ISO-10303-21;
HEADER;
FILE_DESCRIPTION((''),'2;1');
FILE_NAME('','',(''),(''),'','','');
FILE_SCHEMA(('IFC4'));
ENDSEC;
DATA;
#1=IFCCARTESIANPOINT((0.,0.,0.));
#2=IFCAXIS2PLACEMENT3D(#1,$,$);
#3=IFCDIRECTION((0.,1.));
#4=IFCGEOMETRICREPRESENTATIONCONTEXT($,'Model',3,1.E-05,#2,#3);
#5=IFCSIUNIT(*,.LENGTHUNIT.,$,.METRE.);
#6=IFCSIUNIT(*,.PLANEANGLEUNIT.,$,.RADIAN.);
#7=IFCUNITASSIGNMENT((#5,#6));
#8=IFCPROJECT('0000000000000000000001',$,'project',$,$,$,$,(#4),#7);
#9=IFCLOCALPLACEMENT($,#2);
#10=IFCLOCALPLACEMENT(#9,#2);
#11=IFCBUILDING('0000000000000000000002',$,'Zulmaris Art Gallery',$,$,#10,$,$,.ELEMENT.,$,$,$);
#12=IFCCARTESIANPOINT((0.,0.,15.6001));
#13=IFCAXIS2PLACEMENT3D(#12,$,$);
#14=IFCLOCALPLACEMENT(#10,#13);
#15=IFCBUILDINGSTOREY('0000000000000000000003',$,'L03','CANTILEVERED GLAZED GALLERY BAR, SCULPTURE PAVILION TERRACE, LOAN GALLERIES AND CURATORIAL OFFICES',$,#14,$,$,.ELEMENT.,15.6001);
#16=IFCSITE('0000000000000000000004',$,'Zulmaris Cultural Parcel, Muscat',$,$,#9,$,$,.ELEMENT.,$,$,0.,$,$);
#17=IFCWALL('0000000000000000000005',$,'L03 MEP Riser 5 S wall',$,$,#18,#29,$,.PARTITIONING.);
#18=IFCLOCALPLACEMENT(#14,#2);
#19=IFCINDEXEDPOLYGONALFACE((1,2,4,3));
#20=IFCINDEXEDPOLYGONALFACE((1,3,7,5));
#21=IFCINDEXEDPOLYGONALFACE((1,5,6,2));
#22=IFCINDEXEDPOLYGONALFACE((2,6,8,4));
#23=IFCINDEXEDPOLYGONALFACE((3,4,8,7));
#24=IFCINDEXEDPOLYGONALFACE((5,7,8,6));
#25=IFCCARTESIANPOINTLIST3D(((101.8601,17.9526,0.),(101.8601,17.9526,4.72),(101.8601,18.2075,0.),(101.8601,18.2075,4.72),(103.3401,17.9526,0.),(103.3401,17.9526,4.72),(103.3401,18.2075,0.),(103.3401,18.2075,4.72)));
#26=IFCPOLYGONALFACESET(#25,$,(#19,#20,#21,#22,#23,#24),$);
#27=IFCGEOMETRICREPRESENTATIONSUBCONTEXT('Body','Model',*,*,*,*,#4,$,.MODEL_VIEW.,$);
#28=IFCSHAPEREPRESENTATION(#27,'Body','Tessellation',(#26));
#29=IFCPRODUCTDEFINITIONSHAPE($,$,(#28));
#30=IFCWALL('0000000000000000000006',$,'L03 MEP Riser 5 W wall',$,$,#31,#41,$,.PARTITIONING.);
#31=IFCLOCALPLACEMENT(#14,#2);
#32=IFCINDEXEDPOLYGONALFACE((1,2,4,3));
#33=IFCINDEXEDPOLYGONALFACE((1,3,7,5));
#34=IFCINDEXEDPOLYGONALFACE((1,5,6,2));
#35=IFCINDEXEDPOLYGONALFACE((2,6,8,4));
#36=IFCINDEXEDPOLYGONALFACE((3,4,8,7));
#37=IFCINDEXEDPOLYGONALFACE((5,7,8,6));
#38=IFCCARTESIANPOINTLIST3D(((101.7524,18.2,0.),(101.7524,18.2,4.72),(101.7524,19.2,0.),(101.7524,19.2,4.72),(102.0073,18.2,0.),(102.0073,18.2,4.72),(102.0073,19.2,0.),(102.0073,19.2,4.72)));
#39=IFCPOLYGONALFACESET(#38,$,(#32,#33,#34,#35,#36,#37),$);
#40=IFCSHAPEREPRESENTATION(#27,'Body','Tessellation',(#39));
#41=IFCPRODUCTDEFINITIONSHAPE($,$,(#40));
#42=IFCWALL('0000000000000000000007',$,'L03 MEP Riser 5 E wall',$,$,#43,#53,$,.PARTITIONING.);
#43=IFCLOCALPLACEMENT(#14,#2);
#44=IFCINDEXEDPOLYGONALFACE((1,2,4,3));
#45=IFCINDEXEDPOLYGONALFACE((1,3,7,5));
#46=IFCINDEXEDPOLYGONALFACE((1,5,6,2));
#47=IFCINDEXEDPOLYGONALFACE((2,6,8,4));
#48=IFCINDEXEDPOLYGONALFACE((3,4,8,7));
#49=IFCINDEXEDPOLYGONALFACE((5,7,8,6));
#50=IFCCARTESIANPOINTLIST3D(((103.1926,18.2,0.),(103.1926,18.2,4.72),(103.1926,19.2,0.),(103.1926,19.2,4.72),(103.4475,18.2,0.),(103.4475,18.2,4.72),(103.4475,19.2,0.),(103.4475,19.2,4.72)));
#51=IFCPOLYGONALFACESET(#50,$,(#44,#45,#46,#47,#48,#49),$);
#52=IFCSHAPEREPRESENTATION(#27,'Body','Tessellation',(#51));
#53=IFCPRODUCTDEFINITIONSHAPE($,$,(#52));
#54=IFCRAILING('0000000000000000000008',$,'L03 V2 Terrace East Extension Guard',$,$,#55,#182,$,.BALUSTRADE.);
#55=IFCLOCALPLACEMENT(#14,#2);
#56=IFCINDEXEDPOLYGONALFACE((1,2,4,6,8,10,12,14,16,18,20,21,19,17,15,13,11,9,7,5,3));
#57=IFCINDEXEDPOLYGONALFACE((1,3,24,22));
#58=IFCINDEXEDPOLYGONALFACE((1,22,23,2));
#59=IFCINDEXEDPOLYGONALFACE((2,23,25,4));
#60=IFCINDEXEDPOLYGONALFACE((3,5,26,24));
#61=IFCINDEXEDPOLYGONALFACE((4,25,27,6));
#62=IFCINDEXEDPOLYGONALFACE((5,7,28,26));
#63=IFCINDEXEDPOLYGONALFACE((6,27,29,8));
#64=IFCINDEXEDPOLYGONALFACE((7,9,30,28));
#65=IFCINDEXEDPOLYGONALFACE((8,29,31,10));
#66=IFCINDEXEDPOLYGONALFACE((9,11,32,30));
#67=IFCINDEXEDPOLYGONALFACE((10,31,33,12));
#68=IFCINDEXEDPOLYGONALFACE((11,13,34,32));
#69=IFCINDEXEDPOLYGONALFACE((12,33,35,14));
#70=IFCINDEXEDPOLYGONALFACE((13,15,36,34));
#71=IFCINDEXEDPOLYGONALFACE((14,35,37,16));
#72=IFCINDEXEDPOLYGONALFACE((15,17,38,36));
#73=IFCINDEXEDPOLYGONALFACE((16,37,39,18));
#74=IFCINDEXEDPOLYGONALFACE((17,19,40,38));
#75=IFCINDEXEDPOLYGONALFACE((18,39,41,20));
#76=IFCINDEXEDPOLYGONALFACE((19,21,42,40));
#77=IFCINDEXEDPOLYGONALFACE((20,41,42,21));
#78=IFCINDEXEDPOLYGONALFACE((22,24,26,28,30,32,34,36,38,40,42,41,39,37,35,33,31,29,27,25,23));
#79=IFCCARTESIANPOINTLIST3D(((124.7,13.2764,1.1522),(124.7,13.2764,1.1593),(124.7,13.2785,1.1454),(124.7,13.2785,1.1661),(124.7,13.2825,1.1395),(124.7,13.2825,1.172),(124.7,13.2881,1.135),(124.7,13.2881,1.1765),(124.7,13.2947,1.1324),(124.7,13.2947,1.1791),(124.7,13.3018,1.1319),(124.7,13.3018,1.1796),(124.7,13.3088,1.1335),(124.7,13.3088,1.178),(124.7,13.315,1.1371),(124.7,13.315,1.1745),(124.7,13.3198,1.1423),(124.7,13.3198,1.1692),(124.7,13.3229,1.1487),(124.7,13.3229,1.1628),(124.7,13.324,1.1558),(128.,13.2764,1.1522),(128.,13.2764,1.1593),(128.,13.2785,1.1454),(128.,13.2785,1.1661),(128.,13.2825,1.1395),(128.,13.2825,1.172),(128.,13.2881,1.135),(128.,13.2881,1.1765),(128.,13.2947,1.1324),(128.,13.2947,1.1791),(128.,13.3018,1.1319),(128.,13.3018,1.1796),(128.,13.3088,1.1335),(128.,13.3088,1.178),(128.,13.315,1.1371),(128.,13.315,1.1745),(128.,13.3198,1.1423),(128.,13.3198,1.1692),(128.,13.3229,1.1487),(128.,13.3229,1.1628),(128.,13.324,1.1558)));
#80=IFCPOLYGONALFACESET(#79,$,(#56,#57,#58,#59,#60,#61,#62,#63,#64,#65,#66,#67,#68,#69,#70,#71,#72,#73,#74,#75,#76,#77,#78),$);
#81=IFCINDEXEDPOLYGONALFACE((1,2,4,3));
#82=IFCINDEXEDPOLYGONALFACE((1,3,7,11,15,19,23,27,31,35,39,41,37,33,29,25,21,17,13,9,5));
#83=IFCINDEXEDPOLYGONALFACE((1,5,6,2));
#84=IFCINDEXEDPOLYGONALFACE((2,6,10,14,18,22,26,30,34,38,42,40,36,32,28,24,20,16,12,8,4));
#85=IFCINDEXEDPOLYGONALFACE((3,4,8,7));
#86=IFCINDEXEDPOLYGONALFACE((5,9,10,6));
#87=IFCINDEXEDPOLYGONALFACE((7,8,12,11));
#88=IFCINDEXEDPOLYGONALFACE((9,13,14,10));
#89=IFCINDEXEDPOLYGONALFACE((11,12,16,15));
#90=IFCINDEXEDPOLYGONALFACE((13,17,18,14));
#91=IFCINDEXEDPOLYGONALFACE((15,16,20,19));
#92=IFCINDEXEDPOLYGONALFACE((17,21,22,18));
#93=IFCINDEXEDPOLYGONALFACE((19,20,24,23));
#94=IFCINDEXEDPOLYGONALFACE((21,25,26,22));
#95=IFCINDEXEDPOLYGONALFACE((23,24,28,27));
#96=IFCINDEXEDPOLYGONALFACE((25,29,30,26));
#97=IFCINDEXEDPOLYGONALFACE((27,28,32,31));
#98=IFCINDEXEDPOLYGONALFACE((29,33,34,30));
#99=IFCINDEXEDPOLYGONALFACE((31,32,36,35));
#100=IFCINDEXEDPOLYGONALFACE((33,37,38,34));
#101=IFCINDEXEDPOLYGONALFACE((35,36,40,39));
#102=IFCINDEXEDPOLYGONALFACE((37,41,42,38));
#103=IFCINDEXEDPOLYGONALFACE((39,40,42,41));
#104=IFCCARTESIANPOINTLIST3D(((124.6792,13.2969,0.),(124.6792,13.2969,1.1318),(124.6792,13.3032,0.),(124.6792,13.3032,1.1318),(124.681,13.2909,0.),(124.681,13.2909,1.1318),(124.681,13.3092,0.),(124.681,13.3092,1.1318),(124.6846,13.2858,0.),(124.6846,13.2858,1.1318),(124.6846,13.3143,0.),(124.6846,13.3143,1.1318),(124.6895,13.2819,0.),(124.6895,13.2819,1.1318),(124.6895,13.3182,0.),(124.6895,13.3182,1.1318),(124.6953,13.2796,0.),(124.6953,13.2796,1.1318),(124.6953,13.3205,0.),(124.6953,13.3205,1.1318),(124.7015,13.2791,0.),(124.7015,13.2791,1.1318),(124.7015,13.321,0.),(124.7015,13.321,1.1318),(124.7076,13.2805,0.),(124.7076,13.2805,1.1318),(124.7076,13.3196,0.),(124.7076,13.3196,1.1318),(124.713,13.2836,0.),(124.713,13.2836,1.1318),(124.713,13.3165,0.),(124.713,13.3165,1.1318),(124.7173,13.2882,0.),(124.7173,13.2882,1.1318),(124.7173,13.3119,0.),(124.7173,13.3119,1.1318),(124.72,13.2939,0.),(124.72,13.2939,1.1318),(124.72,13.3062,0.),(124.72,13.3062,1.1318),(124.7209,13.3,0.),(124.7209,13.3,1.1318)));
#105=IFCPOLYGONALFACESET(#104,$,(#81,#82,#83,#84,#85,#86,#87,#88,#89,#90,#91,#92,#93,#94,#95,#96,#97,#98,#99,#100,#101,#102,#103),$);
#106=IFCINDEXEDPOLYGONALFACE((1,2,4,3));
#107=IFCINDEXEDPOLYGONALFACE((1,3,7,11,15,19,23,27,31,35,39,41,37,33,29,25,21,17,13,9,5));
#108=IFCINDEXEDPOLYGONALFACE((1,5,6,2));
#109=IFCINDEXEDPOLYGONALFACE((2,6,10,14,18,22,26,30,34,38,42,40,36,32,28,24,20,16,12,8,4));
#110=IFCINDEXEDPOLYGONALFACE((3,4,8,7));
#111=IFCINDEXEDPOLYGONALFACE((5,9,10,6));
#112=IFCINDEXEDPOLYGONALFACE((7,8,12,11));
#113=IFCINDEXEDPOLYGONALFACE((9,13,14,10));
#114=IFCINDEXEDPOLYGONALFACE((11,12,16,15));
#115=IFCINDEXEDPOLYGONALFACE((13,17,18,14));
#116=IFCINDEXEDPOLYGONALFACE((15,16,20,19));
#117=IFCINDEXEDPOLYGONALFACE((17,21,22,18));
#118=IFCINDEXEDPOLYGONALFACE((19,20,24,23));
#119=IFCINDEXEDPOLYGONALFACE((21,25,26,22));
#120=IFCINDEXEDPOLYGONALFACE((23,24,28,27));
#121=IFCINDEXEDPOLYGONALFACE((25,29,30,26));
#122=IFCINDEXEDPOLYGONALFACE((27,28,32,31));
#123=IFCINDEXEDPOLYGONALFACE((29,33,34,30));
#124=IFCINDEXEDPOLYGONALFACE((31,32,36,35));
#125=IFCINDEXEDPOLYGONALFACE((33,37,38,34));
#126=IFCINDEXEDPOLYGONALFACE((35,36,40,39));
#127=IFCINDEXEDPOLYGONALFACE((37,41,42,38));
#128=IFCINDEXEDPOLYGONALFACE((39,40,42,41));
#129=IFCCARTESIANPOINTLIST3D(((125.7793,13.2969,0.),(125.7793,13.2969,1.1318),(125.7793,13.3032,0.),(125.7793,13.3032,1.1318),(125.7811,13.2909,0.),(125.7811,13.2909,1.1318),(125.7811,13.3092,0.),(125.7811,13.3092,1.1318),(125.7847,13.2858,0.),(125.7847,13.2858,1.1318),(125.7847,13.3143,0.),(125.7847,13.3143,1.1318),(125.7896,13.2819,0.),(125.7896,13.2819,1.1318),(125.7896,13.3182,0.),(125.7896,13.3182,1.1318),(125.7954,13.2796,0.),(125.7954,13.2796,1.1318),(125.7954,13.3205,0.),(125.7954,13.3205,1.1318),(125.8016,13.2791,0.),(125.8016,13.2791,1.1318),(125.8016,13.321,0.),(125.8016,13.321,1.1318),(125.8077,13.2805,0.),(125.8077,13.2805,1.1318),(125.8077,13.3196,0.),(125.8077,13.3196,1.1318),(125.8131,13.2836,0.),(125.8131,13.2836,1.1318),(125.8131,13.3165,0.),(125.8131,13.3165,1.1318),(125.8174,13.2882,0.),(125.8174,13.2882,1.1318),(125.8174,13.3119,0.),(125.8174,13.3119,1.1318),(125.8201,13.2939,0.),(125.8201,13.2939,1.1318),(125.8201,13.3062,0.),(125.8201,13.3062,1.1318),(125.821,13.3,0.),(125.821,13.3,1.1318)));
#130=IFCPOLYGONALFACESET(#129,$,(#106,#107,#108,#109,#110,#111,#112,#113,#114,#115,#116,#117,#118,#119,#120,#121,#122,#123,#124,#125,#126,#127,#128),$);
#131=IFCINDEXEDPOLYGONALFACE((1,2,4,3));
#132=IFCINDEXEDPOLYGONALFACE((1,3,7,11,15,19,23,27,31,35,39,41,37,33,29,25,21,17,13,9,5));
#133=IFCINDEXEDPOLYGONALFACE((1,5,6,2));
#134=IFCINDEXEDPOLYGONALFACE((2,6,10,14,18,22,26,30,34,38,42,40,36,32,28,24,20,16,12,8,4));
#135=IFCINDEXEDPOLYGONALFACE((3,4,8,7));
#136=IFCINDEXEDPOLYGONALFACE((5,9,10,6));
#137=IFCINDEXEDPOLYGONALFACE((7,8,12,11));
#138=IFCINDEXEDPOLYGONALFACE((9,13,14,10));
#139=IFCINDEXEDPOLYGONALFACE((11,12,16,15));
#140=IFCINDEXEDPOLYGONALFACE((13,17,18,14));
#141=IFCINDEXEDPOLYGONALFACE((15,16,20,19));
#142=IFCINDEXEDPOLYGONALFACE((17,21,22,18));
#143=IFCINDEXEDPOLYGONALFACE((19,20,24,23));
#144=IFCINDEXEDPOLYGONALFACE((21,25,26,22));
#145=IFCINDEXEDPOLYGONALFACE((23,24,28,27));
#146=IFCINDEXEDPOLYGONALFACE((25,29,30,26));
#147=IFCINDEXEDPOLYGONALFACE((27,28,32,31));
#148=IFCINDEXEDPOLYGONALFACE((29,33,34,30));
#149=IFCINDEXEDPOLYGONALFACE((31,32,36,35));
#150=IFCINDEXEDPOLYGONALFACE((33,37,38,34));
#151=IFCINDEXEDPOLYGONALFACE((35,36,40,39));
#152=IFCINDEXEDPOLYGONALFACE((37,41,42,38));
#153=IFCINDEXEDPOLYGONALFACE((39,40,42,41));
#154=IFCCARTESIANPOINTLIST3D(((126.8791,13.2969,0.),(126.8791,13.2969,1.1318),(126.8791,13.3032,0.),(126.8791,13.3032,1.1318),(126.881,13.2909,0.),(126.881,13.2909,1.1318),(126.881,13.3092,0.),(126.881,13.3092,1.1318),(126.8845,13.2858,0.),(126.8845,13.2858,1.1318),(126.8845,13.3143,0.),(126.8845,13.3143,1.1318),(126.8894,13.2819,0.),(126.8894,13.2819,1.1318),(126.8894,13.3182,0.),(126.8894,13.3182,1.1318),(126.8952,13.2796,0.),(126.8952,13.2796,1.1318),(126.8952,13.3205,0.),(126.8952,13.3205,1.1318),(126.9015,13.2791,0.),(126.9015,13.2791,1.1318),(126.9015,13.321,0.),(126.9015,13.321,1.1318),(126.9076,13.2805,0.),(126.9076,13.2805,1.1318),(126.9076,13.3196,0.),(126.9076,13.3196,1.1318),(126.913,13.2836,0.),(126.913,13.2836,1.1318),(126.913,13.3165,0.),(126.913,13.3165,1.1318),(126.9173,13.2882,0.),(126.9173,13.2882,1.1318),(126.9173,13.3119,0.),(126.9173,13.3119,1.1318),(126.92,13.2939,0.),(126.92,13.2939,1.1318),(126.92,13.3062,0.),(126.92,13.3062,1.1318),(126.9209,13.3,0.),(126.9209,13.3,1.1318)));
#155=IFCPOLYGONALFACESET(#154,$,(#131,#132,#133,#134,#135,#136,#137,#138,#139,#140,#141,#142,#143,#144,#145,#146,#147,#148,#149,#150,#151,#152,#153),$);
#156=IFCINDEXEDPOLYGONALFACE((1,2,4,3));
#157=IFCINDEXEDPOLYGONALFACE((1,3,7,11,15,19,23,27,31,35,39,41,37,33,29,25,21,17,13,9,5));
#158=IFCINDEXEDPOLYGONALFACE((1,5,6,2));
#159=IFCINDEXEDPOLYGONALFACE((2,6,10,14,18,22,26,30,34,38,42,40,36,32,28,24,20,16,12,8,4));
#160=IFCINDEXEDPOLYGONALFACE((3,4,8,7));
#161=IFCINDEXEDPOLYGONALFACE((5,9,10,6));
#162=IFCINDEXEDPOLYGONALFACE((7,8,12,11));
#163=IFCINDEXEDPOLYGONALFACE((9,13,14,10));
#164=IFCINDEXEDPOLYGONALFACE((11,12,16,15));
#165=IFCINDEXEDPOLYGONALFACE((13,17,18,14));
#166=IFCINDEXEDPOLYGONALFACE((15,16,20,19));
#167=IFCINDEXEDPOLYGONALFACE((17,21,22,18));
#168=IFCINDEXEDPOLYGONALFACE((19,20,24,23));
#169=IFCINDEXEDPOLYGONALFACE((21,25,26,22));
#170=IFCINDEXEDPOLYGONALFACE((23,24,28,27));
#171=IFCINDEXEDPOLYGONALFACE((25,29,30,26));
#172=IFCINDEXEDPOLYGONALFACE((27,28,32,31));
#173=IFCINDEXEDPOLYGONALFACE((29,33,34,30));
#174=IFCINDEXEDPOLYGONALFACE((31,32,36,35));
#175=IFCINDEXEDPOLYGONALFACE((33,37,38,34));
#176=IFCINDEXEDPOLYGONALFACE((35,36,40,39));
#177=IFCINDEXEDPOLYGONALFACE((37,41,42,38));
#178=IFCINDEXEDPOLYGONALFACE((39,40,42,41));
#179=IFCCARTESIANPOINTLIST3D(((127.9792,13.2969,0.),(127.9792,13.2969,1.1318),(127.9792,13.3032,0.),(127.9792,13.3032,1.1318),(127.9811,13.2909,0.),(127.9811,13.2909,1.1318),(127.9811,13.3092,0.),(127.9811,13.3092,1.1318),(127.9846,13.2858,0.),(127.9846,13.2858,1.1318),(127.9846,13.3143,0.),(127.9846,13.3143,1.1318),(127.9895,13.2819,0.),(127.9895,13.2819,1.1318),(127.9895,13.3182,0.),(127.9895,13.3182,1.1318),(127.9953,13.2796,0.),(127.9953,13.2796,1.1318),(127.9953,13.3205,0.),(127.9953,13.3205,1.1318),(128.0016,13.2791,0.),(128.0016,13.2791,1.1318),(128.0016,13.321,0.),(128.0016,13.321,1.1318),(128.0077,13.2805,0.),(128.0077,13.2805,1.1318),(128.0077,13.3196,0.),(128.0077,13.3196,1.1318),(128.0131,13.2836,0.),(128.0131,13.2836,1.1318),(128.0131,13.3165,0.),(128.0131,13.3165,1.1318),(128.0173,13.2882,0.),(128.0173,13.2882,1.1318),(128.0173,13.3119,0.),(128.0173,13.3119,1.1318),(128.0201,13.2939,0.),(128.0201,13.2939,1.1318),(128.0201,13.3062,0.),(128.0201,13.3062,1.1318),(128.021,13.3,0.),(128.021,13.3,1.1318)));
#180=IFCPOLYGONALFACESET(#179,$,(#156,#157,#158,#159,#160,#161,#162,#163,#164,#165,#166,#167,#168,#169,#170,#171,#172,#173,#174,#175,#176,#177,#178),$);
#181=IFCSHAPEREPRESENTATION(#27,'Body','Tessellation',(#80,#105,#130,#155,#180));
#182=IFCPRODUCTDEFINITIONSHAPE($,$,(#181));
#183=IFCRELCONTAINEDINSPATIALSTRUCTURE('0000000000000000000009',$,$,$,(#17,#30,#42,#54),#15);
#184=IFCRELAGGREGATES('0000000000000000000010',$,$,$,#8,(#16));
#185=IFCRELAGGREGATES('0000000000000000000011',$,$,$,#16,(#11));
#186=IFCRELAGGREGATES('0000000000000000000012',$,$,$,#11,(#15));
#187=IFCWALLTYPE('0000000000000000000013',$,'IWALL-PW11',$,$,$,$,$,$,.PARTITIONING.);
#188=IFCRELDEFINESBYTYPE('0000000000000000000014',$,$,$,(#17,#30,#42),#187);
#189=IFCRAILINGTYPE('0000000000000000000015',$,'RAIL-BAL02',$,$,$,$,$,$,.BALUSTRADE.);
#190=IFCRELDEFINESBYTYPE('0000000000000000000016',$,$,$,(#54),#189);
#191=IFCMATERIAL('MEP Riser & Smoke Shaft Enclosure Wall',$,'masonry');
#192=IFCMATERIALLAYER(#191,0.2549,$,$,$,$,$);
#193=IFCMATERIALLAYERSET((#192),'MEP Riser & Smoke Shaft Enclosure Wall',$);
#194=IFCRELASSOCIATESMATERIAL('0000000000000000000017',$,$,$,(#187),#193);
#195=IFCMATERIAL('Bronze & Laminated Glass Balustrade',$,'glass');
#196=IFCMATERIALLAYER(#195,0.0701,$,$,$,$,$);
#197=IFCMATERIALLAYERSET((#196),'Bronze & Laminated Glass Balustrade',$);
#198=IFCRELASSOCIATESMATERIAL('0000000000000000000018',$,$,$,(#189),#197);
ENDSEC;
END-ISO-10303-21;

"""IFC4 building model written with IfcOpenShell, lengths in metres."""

from ifc_helpers import new_model, si_unit, direction, frame, frame_2d, origin, origin_2d, place, context, subcontext, project, spatial, rectangle, circle, extrude, material, layer, layer_set, type_object, element, save


model = new_model("IFC4")

# Units and contexts
model_context = context("Model", 3, precision=1e-05, world=origin(), true_north=direction((0.0, 1.0)))
body_context = subcontext(model_context, "Body", "Model", "MODEL_VIEW")
ifc_project = project(units=[si_unit("LENGTHUNIT", "METRE"), si_unit("PLANEANGLEUNIT", "RADIAN")], contexts=[model_context])

# Site, building, storey
site_placement = place(None, origin())
site = spatial("IfcSite", under=ifc_project, at=site_placement, Name="Zulmaris Cultural Parcel, Muscat", CompositionType="ELEMENT", RefElevation=0.0)
building_placement = place(site_placement, origin())
building = spatial("IfcBuilding", under=site, at=building_placement, Name="Zulmaris Art Gallery", CompositionType="ELEMENT")
storey_placement = place(building_placement, frame((0.0, 0.0, 15.6001)))
storey = spatial("IfcBuildingStorey", under=building, at=storey_placement, Name="L03", Description="CANTILEVERED GLAZED GALLERY BAR, SCULPTURE PAVILION TERRACE, LOAN GALLERIES AND CURATORIAL OFFICES", CompositionType="ELEMENT", Elevation=15.6001)

# Walls
ifc_material_1 = material(Name="MEP Riser & Smoke Shaft Enclosure Wall", Category="masonry")
ifc_layer_1 = layer(ifc_material_1, 0.2549)
ifc_layer_set_1 = layer_set([ifc_layer_1], Name="MEP Riser & Smoke Shaft Enclosure Wall")
wall_type = type_object("IfcWallType", Name="IWALL-PW11", PredefinedType="PARTITIONING", material=ifc_layer_set_1)
for number, where, z_axis, x_axis, name in (
    (1, (101.8601, 18.0801, 0.0), (0.0, 0.0, 1.0), (1.0, 0.0, 0.0), "L03 MEP Riser 5 S wall"),
):
    element("IfcWall", number, at=place(storey_placement, frame(where, z_axis=z_axis, x_axis=x_axis)), inside=storey, type_object=wall_type, Name=name, PredefinedType="PARTITIONING", context=body_context, shape_type="SweptSolid", body=[
        extrude(rectangle(XDim=1.48, YDim=0.2549, at=frame_2d((0.74, 0.0))), origin(), (0.0, 0.0, 1.0), 4.72),
    ])
for number, where, z_axis, x_axis, name in (
    (2, (101.8799, 18.2, 0.0), (0.0, 0.0, 1.0), (0.0, 1.0, 0.0), "L03 MEP Riser 5 W wall"),
    (3, (103.3201, 18.2, 0.0), (0.0, 0.0, 1.0), (0.0, 1.0, 0.0), "L03 MEP Riser 5 E wall"),
):
    element("IfcWall", number, at=place(storey_placement, frame(where, z_axis=z_axis, x_axis=x_axis)), inside=storey, type_object=wall_type, Name=name, PredefinedType="PARTITIONING", context=body_context, shape_type="SweptSolid", body=[
        extrude(rectangle(XDim=1.0, YDim=0.2549, at=frame_2d((0.5, 0.0))), origin(), (0.0, 0.0, 1.0), 4.72),
    ])

# Railing
ifc_material_2 = material(Name="Bronze & Laminated Glass Balustrade", Category="glass")
ifc_layer_2 = layer(ifc_material_2, 0.0701)
ifc_layer_set_2 = layer_set([ifc_layer_2], Name="Bronze & Laminated Glass Balustrade")
railing_type = type_object("IfcRailingType", Name="RAIL-BAL02", PredefinedType="BALUSTRADE", material=ifc_layer_set_2)
railing_1_placement = place(storey_placement, frame((124.7, 13.3, 0.0)))
element("IfcRailing", 4, at=railing_1_placement, inside=storey, type_object=railing_type, Name="L03 V2 Terrace East Extension Guard", PredefinedType="BALUSTRADE", context=body_context, shape_type="SweptSolid", body=[
    extrude(circle(Radius=0.0239, at=origin_2d()), frame((0.0, 0.0, 1.1558), z_axis=(1.0, 0.0, 0.0), x_axis=(0.0, 1.0, 0.0)), (0.0, 0.0, 1.0), 3.3),
    extrude(circle(Radius=0.021, at=origin_2d()), origin(), (0.0, 0.0, 1.0), 1.1318),
    extrude(circle(Radius=0.021, at=origin_2d()), frame((1.1001, 0.0, 0.0)), (0.0, 0.0, 1.0), 1.1318),
    extrude(circle(Radius=0.021, at=origin_2d()), frame((2.2, 0.0, 0.0)), (0.0, 0.0, 1.0), 1.1318),
    extrude(circle(Radius=0.021, at=origin_2d()), frame((3.3, 0.0, 0.0)), (0.0, 0.0, 1.0), 1.1318),
])

save(model, "model.ifc")
